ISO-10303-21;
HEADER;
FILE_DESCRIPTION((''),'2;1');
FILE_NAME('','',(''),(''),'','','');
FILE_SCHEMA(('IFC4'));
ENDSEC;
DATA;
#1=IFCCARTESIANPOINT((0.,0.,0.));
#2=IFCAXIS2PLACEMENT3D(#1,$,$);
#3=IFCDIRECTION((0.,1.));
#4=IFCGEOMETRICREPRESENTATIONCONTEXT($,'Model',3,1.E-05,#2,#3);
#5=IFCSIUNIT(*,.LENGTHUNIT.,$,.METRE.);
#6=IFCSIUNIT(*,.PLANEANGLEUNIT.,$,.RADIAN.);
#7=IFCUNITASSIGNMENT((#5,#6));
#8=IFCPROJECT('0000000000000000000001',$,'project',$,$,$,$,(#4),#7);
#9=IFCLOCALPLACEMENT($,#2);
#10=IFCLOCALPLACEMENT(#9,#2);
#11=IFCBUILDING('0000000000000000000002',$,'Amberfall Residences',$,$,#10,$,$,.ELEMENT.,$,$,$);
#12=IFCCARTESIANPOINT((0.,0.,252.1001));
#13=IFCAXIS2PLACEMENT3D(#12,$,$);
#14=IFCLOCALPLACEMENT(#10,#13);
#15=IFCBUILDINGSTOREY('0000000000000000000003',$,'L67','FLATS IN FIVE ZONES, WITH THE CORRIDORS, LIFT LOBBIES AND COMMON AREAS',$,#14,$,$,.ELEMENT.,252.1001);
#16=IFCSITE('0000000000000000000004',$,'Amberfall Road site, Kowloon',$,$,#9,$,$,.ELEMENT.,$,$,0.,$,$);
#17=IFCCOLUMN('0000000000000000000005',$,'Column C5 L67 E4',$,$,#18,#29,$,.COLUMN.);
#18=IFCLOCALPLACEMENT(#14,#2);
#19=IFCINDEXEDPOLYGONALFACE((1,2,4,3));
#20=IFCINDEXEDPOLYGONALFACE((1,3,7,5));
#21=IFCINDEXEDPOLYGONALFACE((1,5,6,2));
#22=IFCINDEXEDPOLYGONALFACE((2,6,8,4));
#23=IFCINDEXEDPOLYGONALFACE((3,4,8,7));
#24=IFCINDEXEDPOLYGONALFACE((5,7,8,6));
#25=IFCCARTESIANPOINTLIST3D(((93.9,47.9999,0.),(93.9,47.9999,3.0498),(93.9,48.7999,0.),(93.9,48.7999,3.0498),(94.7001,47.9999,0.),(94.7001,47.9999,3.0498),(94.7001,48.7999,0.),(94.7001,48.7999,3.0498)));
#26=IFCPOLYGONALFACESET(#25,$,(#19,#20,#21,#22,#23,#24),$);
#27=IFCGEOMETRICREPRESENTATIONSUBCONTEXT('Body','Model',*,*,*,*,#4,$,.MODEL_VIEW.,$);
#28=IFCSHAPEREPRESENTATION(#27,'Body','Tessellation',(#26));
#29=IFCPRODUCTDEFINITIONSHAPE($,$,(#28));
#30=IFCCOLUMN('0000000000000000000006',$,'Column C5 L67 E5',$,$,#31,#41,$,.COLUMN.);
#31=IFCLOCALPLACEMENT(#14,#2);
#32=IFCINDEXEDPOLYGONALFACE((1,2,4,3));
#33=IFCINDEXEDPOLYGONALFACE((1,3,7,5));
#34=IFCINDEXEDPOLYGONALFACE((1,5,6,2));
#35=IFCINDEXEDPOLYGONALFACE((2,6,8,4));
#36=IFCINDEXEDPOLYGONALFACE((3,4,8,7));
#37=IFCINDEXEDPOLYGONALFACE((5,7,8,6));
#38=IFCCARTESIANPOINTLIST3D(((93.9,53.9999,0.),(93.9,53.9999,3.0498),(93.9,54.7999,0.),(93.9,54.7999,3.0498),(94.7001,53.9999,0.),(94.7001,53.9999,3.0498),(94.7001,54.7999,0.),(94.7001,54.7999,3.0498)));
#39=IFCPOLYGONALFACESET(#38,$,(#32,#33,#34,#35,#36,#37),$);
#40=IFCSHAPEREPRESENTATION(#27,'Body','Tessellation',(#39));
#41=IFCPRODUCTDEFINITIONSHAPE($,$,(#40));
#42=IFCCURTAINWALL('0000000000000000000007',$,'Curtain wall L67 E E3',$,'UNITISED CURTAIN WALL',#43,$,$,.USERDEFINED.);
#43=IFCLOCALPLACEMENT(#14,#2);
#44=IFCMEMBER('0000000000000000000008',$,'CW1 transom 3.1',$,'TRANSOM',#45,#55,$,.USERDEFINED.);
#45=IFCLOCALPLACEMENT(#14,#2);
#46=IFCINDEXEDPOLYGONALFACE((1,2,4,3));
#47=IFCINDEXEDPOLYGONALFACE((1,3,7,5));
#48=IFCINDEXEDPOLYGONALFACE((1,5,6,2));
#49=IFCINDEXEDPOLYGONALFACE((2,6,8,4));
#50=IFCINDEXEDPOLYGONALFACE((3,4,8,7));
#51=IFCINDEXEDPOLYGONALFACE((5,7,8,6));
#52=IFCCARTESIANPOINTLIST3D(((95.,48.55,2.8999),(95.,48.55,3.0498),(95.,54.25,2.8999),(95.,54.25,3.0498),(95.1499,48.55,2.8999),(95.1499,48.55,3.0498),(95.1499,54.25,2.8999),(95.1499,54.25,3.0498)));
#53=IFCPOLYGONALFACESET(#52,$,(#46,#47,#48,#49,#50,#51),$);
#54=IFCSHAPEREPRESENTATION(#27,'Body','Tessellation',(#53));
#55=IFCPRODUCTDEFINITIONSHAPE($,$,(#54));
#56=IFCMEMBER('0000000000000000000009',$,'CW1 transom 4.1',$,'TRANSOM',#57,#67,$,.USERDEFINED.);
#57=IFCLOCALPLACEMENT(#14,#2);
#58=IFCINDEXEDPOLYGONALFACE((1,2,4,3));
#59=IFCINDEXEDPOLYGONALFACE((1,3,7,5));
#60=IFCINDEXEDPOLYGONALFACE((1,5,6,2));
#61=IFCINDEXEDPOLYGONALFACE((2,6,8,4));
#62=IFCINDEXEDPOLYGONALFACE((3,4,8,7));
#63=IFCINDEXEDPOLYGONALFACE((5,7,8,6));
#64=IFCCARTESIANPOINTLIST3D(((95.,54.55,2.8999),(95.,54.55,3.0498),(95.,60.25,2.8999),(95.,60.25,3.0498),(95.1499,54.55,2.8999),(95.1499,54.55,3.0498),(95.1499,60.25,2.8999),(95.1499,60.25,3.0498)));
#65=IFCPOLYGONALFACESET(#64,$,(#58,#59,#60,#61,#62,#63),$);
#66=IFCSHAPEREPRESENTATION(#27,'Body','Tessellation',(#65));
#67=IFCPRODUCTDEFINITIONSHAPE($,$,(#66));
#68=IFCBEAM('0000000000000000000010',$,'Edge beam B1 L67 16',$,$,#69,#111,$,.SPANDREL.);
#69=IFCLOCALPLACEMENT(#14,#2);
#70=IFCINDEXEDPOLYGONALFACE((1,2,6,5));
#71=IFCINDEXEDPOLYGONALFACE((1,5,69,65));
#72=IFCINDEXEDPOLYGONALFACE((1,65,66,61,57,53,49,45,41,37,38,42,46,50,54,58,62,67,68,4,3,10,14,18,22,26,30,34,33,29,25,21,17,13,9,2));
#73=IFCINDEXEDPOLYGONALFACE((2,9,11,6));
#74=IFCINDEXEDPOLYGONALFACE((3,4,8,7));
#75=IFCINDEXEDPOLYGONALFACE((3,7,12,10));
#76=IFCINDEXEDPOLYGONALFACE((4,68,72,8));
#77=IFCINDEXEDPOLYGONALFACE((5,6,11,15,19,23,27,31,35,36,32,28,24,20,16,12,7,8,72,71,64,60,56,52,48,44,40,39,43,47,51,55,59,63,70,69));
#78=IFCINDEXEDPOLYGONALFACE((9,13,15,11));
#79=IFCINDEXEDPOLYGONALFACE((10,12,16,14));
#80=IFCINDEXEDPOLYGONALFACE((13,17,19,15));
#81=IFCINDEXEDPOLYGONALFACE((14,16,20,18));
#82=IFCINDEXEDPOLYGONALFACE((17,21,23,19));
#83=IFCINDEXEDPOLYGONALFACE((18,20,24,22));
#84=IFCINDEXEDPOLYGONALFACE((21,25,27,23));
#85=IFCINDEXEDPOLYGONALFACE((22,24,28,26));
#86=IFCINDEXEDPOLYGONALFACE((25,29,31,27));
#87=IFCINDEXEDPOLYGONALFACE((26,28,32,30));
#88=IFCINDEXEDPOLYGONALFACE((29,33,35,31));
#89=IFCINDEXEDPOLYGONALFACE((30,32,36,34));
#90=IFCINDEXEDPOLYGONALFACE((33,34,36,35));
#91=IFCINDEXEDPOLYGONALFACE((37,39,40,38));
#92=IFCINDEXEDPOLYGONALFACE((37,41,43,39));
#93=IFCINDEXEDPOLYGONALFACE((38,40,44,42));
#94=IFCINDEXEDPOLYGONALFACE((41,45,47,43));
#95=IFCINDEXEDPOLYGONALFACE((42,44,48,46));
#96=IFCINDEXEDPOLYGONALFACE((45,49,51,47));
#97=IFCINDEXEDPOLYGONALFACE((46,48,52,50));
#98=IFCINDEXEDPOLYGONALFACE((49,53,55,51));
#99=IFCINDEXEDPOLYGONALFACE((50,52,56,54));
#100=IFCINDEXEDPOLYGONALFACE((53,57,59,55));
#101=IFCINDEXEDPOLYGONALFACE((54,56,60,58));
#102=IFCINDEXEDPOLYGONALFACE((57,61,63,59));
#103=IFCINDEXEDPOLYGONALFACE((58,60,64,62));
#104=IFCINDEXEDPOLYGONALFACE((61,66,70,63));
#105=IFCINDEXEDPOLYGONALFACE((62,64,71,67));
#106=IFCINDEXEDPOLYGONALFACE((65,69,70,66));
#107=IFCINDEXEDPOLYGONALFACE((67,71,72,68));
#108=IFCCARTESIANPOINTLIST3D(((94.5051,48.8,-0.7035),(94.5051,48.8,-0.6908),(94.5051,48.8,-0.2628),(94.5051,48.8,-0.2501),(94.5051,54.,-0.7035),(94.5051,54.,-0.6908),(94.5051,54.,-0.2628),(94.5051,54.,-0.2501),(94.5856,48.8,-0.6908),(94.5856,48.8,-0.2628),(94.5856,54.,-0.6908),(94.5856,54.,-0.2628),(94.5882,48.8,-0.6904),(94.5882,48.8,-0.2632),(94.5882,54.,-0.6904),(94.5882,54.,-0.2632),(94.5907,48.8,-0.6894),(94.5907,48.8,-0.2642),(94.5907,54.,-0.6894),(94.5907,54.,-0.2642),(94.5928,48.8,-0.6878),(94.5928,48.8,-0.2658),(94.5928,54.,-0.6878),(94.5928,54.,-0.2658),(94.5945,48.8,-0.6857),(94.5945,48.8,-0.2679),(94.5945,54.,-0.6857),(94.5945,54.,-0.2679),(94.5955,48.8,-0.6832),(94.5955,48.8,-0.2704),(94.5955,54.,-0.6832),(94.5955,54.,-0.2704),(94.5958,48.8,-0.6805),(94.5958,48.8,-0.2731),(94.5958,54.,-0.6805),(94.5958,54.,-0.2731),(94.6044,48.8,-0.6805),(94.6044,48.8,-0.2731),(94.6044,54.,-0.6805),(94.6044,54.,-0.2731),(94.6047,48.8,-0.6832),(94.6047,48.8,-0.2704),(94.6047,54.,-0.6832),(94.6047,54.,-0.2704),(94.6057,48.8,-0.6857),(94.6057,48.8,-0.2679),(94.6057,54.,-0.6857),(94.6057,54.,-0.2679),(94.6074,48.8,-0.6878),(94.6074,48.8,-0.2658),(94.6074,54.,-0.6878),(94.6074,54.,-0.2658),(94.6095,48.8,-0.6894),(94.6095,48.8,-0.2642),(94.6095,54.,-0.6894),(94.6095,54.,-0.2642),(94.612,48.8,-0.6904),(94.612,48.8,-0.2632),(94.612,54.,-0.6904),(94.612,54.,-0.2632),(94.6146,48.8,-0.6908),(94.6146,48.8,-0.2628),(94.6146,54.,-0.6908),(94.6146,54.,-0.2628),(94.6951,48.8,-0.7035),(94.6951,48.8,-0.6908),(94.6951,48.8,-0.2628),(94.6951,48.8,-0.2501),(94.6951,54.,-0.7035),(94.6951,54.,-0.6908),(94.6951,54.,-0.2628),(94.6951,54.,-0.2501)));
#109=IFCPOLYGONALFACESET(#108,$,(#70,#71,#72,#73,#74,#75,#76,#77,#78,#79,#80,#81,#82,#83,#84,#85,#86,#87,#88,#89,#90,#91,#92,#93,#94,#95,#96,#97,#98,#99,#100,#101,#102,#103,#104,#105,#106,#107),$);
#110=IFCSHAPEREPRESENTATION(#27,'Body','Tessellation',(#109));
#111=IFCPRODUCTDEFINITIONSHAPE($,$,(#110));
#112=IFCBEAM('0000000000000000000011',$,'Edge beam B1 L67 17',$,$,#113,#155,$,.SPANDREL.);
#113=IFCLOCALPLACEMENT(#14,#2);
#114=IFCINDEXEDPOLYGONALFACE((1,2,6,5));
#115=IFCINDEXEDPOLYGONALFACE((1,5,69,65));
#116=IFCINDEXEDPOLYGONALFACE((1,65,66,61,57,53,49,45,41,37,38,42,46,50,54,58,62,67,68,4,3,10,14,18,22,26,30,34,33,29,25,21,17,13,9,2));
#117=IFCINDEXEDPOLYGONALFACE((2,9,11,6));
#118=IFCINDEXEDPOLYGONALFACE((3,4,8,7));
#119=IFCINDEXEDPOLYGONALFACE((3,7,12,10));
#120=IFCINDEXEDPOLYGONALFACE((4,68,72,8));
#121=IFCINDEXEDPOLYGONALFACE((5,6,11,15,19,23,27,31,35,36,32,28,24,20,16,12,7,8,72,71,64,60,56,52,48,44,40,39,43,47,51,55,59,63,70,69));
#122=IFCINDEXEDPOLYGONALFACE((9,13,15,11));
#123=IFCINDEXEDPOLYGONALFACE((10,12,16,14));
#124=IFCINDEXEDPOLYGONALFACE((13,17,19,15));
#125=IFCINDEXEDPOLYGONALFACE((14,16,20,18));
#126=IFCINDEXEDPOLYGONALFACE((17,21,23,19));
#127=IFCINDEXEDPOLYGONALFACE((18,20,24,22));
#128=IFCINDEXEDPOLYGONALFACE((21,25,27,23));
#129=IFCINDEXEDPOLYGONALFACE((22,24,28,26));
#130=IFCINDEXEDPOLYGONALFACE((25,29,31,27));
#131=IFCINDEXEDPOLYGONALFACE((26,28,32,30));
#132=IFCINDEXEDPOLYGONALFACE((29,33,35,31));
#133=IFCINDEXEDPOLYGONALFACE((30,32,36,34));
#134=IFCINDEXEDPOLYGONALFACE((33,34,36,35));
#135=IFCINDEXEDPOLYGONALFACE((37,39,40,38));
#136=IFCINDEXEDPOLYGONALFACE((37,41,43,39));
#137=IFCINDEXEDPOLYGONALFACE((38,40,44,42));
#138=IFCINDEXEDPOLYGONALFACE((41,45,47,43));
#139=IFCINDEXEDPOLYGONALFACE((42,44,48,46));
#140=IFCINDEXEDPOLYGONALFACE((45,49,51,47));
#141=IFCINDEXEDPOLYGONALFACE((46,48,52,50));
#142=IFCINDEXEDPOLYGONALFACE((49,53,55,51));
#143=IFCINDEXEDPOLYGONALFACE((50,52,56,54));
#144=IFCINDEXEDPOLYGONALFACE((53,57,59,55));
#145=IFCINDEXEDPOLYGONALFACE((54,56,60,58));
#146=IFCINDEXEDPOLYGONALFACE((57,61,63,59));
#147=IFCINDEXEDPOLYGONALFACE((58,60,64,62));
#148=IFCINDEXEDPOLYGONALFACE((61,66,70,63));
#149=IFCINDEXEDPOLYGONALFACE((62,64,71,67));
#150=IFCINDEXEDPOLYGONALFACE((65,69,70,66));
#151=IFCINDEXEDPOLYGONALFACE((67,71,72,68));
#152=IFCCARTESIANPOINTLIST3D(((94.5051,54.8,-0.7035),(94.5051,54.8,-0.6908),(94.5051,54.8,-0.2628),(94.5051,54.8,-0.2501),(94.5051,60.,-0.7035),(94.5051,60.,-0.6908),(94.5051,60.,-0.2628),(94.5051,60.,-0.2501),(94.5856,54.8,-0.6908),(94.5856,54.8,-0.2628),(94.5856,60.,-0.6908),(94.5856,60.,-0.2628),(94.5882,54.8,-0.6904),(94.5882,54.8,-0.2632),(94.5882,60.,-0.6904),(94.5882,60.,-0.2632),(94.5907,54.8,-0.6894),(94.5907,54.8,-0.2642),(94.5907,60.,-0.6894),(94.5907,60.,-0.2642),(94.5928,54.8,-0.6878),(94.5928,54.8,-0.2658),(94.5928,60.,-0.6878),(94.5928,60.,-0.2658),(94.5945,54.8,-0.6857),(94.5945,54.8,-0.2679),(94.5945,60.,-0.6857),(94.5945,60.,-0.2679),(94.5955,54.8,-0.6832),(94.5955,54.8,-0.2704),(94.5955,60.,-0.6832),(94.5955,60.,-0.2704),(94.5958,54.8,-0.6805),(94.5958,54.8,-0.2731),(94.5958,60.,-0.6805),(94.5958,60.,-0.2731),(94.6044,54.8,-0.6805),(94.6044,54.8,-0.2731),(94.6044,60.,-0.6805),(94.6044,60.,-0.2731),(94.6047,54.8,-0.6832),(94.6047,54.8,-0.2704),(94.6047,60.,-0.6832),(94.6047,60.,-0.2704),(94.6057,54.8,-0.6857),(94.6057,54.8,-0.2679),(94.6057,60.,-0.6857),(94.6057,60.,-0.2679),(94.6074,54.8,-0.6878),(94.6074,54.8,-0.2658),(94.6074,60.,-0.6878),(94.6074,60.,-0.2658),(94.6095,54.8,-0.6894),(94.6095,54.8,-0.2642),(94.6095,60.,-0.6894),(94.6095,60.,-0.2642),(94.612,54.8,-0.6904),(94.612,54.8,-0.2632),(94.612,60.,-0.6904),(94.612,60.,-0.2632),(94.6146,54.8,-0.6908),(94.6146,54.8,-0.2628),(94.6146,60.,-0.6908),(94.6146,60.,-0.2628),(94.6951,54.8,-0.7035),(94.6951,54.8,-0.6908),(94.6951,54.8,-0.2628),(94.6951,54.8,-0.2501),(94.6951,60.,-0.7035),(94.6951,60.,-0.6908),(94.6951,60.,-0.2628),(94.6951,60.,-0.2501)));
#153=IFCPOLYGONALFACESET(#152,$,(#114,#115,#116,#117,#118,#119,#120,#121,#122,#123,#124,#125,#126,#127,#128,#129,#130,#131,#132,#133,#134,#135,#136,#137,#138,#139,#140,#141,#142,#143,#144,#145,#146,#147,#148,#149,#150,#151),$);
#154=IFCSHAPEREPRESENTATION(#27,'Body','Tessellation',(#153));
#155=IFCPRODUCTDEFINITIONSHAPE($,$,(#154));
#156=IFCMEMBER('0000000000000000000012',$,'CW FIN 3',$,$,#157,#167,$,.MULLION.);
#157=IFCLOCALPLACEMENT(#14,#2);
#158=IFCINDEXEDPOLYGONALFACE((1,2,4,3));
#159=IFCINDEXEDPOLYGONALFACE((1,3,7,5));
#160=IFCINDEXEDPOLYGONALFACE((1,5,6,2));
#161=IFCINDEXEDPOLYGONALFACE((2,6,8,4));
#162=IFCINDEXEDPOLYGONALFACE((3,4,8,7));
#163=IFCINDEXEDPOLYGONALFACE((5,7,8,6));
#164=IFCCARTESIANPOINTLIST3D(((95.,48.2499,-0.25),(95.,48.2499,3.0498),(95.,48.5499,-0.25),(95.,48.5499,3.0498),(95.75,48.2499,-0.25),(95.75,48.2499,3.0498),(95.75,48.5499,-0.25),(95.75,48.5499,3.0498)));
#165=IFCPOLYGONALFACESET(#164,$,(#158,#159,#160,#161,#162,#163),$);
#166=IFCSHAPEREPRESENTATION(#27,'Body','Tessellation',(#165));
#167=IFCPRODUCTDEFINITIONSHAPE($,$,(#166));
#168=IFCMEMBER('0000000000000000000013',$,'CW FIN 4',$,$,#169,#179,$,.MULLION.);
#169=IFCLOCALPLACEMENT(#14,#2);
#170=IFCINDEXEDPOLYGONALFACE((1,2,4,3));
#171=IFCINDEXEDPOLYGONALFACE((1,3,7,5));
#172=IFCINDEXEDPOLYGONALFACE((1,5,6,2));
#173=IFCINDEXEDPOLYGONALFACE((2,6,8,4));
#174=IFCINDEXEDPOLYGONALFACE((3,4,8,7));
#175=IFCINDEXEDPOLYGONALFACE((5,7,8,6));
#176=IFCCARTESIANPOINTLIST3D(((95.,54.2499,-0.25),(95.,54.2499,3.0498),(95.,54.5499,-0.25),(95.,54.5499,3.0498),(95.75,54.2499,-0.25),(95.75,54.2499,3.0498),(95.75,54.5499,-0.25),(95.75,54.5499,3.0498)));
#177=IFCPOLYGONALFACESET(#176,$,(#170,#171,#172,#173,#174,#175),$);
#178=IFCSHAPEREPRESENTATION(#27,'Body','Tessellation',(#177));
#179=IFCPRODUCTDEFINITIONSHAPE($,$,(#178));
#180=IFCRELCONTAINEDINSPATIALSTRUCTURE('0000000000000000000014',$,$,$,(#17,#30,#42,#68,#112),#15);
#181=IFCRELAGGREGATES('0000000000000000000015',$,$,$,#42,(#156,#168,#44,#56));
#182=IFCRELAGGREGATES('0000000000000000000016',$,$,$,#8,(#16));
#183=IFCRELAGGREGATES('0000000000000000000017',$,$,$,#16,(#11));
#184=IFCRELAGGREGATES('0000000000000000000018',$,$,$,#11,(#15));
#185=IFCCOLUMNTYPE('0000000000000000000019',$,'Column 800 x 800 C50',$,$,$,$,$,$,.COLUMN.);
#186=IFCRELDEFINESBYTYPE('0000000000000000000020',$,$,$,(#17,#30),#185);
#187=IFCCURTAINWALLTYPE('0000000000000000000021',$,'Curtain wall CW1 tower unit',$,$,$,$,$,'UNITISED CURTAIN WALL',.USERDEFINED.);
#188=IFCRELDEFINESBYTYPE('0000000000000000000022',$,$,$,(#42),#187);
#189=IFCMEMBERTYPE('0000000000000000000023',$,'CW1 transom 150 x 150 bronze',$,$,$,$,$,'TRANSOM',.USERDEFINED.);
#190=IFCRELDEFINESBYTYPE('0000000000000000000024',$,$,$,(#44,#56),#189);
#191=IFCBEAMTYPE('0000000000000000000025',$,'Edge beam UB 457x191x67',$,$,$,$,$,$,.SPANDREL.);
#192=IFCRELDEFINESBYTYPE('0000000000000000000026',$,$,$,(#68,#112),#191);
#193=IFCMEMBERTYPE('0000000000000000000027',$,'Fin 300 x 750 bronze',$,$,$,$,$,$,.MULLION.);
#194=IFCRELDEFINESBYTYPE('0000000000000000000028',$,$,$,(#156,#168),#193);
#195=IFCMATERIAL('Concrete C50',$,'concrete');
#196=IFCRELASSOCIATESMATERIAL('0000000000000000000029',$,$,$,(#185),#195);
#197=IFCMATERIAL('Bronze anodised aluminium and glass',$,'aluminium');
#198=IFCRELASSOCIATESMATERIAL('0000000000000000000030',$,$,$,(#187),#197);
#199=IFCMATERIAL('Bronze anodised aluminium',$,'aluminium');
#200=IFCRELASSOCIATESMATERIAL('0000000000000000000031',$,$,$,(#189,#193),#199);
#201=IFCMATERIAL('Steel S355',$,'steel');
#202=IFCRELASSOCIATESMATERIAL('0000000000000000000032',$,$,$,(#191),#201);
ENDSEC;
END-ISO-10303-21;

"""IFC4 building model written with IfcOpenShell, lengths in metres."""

from ifc_helpers import new_model, si_unit, direction, frame, origin, origin_2d, place, context, subcontext, project, spatial, rectangle, i_section, extrude, material, material_profile, profile_set, type_object, element, aggregate, save


model = new_model("IFC4")

# Units and contexts
model_context = context("Model", 3, precision=1e-05, world=origin(), true_north=direction((0.0, 1.0)))
body_context = subcontext(model_context, "Body", "Model", "MODEL_VIEW")
ifc_project = project(units=[si_unit("LENGTHUNIT", "METRE"), si_unit("PLANEANGLEUNIT", "RADIAN")], contexts=[model_context])

# Site, building, storey
site_placement = place(None, origin())
site = spatial("IfcSite", under=ifc_project, at=site_placement, Name="Amberfall Road site, Kowloon", CompositionType="ELEMENT", RefElevation=0.0)
building_placement = place(site_placement, origin())
building = spatial("IfcBuilding", under=site, at=building_placement, Name="Amberfall Residences", CompositionType="ELEMENT")
storey_placement = place(building_placement, frame((0.0, 0.0, 252.1001)))
storey = spatial("IfcBuildingStorey", under=building, at=storey_placement, Name="L67", Description="FLATS IN FIVE ZONES, WITH THE CORRIDORS, LIFT LOBBIES AND COMMON AREAS", CompositionType="ELEMENT", Elevation=252.1001)

# Columns
ifc_material_1 = material(Name="Concrete C50", Category="concrete")
ifc_material_profile_1 = material_profile(ifc_material_1, rectangle(XDim=0.8, YDim=0.8, at=origin_2d()), Name="Column 800 x 800 C50")
ifc_profile_set_1 = profile_set([ifc_material_profile_1], Name="Concrete C50")
column_type = type_object("IfcColumnType", Name="Column 800 x 800 C50", PredefinedType="COLUMN", material=ifc_profile_set_1)
for number, where, z_axis, x_axis, name in (
    (1, (94.3, 48.3999, 0.0), (0.0, 0.0, 1.0), (1.0, 0.0, 0.0), "Column C5 L67 E4"),
    (2, (94.3, 54.3999, 0.0), (0.0, 0.0, 1.0), (1.0, 0.0, 0.0), "Column C5 L67 E5"),
):
    element("IfcColumn", number, at=place(storey_placement, frame(where, z_axis=z_axis, x_axis=x_axis)), inside=storey, type_object=column_type, Name=name, PredefinedType="COLUMN", context=body_context, shape_type="SweptSolid", body=[
        extrude(rectangle(XDim=0.8, YDim=0.8, at=origin_2d()), origin(), (0.0, 0.0, 1.0), 3.0498),
    ])

# Curtain wall, members
ifc_material_2 = material(Name="Bronze anodised aluminium and glass", Category="aluminium")
curtain_wall_type = type_object("IfcCurtainWallType", Name="Curtain wall CW1 tower unit", ElementType="UNITISED CURTAIN WALL", PredefinedType="USERDEFINED", material=ifc_material_2)
curtain_wall_placement = place(storey_placement, origin())
curtain_wall = element("IfcCurtainWall", 3, at=curtain_wall_placement, inside=storey, type_object=curtain_wall_type, Name="Curtain wall L67 E E3", ObjectType="UNITISED CURTAIN WALL", PredefinedType="USERDEFINED")
ifc_material_3 = material(Name="Bronze anodised aluminium", Category="aluminium")
ifc_material_profile_2 = material_profile(ifc_material_3, rectangle(XDim=0.1499, YDim=0.1499, at=origin_2d()), Name="CW1 transom 150 x 150 bronze")
ifc_profile_set_2 = profile_set([ifc_material_profile_2], Name="Bronze anodised aluminium")
member_type_1 = type_object("IfcMemberType", Name="CW1 transom 150 x 150 bronze", ElementType="TRANSOM", PredefinedType="USERDEFINED", material=ifc_profile_set_2)
member_1_placement = place(storey_placement, frame((95.075, 48.55, 2.9749), z_axis=(0.0, 1.0, 0.0), x_axis=(-1.0, 0.0, 0.0)))
member_1 = element("IfcMember", 4, at=member_1_placement, type_object=member_type_1, Name="CW1 transom 3.1", ObjectType="TRANSOM", PredefinedType="USERDEFINED", context=body_context, shape_type="SweptSolid", body=[
    extrude(rectangle(XDim=0.1499, YDim=0.1499, at=origin_2d()), origin(), (0.0, 0.0, 1.0), 5.7),
])
member_2_placement = place(storey_placement, frame((95.075, 54.55, 2.9749), z_axis=(0.0, 1.0, 0.0), x_axis=(-1.0, 0.0, 0.0)))
member_2 = element("IfcMember", 5, at=member_2_placement, type_object=member_type_1, Name="CW1 transom 4.1", ObjectType="TRANSOM", PredefinedType="USERDEFINED", context=body_context, shape_type="SweptSolid", body=[
    extrude(rectangle(XDim=0.1499, YDim=0.1499, at=origin_2d()), origin(), (0.0, 0.0, 1.0), 5.7),
])

# Beams
ifc_material_4 = material(Name="Steel S355", Category="steel")
ifc_material_profile_3 = material_profile(ifc_material_4, i_section(OverallWidth=0.1899, OverallDepth=0.4534, WebThickness=0.0085, FlangeThickness=0.0127, FilletRadius=0.0103, at=origin_2d()), Name="UB 457x191x67")
ifc_profile_set_3 = profile_set([ifc_material_profile_3], Name="Steel S355")
beam_type_1 = type_object("IfcBeamType", Name="Edge beam UB 457x191x67", PredefinedType="SPANDREL", material=ifc_profile_set_3)
for number, where, z_axis, x_axis, name in (
    (6, (94.6001, 48.8, -0.4768), (0.0, 1.0, 0.0), (-1.0, 0.0, 0.0), "Edge beam B1 L67 16"),
    (7, (94.6001, 54.8, -0.4768), (0.0, 1.0, 0.0), (-1.0, 0.0, 0.0), "Edge beam B1 L67 17"),
):
    element("IfcBeam", number, at=place(storey_placement, frame(where, z_axis=z_axis, x_axis=x_axis)), inside=storey, type_object=beam_type_1, Name=name, PredefinedType="SPANDREL", context=body_context, shape_type="SweptSolid", body=[
        extrude(i_section(OverallWidth=0.1899, OverallDepth=0.4534, WebThickness=0.0085, FlangeThickness=0.0127, FilletRadius=0.0103, at=origin_2d()), origin(), (0.0, 0.0, 1.0), 5.2),
    ])

# Members
ifc_material_profile_4 = material_profile(ifc_material_3, rectangle(XDim=0.75, YDim=0.3, at=origin_2d()), Name="Fin 300 x 750 bronze")
ifc_profile_set_4 = profile_set([ifc_material_profile_4], Name="Bronze anodised aluminium")
member_type_2 = type_object("IfcMemberType", Name="Fin 300 x 750 bronze", PredefinedType="MULLION", material=ifc_profile_set_4)
member_3_placement = place(storey_placement, frame((95.375, 48.3999, -0.25), z_axis=(0.0, 0.0, 1.0), x_axis=(-1.0, 0.0, 0.0)))
member_3 = element("IfcMember", 8, at=member_3_placement, type_object=member_type_2, Name="CW FIN 3", PredefinedType="MULLION", context=body_context, shape_type="SweptSolid", body=[
    extrude(rectangle(XDim=0.75, YDim=0.3, at=origin_2d()), origin(), (0.0, 0.0, 1.0), 3.2998),
])
member_4_placement = place(storey_placement, frame((95.375, 54.3999, -0.25), z_axis=(0.0, 0.0, 1.0), x_axis=(-1.0, 0.0, 0.0)))
member_4 = element("IfcMember", 9, at=member_4_placement, type_object=member_type_2, Name="CW FIN 4", PredefinedType="MULLION", context=body_context, shape_type="SweptSolid", body=[
    extrude(rectangle(XDim=0.75, YDim=0.3, at=origin_2d()), origin(), (0.0, 0.0, 1.0), 3.2998),
])

aggregate(curtain_wall, [member_3, member_4, member_1, member_2])

save(model, "model.ifc")
